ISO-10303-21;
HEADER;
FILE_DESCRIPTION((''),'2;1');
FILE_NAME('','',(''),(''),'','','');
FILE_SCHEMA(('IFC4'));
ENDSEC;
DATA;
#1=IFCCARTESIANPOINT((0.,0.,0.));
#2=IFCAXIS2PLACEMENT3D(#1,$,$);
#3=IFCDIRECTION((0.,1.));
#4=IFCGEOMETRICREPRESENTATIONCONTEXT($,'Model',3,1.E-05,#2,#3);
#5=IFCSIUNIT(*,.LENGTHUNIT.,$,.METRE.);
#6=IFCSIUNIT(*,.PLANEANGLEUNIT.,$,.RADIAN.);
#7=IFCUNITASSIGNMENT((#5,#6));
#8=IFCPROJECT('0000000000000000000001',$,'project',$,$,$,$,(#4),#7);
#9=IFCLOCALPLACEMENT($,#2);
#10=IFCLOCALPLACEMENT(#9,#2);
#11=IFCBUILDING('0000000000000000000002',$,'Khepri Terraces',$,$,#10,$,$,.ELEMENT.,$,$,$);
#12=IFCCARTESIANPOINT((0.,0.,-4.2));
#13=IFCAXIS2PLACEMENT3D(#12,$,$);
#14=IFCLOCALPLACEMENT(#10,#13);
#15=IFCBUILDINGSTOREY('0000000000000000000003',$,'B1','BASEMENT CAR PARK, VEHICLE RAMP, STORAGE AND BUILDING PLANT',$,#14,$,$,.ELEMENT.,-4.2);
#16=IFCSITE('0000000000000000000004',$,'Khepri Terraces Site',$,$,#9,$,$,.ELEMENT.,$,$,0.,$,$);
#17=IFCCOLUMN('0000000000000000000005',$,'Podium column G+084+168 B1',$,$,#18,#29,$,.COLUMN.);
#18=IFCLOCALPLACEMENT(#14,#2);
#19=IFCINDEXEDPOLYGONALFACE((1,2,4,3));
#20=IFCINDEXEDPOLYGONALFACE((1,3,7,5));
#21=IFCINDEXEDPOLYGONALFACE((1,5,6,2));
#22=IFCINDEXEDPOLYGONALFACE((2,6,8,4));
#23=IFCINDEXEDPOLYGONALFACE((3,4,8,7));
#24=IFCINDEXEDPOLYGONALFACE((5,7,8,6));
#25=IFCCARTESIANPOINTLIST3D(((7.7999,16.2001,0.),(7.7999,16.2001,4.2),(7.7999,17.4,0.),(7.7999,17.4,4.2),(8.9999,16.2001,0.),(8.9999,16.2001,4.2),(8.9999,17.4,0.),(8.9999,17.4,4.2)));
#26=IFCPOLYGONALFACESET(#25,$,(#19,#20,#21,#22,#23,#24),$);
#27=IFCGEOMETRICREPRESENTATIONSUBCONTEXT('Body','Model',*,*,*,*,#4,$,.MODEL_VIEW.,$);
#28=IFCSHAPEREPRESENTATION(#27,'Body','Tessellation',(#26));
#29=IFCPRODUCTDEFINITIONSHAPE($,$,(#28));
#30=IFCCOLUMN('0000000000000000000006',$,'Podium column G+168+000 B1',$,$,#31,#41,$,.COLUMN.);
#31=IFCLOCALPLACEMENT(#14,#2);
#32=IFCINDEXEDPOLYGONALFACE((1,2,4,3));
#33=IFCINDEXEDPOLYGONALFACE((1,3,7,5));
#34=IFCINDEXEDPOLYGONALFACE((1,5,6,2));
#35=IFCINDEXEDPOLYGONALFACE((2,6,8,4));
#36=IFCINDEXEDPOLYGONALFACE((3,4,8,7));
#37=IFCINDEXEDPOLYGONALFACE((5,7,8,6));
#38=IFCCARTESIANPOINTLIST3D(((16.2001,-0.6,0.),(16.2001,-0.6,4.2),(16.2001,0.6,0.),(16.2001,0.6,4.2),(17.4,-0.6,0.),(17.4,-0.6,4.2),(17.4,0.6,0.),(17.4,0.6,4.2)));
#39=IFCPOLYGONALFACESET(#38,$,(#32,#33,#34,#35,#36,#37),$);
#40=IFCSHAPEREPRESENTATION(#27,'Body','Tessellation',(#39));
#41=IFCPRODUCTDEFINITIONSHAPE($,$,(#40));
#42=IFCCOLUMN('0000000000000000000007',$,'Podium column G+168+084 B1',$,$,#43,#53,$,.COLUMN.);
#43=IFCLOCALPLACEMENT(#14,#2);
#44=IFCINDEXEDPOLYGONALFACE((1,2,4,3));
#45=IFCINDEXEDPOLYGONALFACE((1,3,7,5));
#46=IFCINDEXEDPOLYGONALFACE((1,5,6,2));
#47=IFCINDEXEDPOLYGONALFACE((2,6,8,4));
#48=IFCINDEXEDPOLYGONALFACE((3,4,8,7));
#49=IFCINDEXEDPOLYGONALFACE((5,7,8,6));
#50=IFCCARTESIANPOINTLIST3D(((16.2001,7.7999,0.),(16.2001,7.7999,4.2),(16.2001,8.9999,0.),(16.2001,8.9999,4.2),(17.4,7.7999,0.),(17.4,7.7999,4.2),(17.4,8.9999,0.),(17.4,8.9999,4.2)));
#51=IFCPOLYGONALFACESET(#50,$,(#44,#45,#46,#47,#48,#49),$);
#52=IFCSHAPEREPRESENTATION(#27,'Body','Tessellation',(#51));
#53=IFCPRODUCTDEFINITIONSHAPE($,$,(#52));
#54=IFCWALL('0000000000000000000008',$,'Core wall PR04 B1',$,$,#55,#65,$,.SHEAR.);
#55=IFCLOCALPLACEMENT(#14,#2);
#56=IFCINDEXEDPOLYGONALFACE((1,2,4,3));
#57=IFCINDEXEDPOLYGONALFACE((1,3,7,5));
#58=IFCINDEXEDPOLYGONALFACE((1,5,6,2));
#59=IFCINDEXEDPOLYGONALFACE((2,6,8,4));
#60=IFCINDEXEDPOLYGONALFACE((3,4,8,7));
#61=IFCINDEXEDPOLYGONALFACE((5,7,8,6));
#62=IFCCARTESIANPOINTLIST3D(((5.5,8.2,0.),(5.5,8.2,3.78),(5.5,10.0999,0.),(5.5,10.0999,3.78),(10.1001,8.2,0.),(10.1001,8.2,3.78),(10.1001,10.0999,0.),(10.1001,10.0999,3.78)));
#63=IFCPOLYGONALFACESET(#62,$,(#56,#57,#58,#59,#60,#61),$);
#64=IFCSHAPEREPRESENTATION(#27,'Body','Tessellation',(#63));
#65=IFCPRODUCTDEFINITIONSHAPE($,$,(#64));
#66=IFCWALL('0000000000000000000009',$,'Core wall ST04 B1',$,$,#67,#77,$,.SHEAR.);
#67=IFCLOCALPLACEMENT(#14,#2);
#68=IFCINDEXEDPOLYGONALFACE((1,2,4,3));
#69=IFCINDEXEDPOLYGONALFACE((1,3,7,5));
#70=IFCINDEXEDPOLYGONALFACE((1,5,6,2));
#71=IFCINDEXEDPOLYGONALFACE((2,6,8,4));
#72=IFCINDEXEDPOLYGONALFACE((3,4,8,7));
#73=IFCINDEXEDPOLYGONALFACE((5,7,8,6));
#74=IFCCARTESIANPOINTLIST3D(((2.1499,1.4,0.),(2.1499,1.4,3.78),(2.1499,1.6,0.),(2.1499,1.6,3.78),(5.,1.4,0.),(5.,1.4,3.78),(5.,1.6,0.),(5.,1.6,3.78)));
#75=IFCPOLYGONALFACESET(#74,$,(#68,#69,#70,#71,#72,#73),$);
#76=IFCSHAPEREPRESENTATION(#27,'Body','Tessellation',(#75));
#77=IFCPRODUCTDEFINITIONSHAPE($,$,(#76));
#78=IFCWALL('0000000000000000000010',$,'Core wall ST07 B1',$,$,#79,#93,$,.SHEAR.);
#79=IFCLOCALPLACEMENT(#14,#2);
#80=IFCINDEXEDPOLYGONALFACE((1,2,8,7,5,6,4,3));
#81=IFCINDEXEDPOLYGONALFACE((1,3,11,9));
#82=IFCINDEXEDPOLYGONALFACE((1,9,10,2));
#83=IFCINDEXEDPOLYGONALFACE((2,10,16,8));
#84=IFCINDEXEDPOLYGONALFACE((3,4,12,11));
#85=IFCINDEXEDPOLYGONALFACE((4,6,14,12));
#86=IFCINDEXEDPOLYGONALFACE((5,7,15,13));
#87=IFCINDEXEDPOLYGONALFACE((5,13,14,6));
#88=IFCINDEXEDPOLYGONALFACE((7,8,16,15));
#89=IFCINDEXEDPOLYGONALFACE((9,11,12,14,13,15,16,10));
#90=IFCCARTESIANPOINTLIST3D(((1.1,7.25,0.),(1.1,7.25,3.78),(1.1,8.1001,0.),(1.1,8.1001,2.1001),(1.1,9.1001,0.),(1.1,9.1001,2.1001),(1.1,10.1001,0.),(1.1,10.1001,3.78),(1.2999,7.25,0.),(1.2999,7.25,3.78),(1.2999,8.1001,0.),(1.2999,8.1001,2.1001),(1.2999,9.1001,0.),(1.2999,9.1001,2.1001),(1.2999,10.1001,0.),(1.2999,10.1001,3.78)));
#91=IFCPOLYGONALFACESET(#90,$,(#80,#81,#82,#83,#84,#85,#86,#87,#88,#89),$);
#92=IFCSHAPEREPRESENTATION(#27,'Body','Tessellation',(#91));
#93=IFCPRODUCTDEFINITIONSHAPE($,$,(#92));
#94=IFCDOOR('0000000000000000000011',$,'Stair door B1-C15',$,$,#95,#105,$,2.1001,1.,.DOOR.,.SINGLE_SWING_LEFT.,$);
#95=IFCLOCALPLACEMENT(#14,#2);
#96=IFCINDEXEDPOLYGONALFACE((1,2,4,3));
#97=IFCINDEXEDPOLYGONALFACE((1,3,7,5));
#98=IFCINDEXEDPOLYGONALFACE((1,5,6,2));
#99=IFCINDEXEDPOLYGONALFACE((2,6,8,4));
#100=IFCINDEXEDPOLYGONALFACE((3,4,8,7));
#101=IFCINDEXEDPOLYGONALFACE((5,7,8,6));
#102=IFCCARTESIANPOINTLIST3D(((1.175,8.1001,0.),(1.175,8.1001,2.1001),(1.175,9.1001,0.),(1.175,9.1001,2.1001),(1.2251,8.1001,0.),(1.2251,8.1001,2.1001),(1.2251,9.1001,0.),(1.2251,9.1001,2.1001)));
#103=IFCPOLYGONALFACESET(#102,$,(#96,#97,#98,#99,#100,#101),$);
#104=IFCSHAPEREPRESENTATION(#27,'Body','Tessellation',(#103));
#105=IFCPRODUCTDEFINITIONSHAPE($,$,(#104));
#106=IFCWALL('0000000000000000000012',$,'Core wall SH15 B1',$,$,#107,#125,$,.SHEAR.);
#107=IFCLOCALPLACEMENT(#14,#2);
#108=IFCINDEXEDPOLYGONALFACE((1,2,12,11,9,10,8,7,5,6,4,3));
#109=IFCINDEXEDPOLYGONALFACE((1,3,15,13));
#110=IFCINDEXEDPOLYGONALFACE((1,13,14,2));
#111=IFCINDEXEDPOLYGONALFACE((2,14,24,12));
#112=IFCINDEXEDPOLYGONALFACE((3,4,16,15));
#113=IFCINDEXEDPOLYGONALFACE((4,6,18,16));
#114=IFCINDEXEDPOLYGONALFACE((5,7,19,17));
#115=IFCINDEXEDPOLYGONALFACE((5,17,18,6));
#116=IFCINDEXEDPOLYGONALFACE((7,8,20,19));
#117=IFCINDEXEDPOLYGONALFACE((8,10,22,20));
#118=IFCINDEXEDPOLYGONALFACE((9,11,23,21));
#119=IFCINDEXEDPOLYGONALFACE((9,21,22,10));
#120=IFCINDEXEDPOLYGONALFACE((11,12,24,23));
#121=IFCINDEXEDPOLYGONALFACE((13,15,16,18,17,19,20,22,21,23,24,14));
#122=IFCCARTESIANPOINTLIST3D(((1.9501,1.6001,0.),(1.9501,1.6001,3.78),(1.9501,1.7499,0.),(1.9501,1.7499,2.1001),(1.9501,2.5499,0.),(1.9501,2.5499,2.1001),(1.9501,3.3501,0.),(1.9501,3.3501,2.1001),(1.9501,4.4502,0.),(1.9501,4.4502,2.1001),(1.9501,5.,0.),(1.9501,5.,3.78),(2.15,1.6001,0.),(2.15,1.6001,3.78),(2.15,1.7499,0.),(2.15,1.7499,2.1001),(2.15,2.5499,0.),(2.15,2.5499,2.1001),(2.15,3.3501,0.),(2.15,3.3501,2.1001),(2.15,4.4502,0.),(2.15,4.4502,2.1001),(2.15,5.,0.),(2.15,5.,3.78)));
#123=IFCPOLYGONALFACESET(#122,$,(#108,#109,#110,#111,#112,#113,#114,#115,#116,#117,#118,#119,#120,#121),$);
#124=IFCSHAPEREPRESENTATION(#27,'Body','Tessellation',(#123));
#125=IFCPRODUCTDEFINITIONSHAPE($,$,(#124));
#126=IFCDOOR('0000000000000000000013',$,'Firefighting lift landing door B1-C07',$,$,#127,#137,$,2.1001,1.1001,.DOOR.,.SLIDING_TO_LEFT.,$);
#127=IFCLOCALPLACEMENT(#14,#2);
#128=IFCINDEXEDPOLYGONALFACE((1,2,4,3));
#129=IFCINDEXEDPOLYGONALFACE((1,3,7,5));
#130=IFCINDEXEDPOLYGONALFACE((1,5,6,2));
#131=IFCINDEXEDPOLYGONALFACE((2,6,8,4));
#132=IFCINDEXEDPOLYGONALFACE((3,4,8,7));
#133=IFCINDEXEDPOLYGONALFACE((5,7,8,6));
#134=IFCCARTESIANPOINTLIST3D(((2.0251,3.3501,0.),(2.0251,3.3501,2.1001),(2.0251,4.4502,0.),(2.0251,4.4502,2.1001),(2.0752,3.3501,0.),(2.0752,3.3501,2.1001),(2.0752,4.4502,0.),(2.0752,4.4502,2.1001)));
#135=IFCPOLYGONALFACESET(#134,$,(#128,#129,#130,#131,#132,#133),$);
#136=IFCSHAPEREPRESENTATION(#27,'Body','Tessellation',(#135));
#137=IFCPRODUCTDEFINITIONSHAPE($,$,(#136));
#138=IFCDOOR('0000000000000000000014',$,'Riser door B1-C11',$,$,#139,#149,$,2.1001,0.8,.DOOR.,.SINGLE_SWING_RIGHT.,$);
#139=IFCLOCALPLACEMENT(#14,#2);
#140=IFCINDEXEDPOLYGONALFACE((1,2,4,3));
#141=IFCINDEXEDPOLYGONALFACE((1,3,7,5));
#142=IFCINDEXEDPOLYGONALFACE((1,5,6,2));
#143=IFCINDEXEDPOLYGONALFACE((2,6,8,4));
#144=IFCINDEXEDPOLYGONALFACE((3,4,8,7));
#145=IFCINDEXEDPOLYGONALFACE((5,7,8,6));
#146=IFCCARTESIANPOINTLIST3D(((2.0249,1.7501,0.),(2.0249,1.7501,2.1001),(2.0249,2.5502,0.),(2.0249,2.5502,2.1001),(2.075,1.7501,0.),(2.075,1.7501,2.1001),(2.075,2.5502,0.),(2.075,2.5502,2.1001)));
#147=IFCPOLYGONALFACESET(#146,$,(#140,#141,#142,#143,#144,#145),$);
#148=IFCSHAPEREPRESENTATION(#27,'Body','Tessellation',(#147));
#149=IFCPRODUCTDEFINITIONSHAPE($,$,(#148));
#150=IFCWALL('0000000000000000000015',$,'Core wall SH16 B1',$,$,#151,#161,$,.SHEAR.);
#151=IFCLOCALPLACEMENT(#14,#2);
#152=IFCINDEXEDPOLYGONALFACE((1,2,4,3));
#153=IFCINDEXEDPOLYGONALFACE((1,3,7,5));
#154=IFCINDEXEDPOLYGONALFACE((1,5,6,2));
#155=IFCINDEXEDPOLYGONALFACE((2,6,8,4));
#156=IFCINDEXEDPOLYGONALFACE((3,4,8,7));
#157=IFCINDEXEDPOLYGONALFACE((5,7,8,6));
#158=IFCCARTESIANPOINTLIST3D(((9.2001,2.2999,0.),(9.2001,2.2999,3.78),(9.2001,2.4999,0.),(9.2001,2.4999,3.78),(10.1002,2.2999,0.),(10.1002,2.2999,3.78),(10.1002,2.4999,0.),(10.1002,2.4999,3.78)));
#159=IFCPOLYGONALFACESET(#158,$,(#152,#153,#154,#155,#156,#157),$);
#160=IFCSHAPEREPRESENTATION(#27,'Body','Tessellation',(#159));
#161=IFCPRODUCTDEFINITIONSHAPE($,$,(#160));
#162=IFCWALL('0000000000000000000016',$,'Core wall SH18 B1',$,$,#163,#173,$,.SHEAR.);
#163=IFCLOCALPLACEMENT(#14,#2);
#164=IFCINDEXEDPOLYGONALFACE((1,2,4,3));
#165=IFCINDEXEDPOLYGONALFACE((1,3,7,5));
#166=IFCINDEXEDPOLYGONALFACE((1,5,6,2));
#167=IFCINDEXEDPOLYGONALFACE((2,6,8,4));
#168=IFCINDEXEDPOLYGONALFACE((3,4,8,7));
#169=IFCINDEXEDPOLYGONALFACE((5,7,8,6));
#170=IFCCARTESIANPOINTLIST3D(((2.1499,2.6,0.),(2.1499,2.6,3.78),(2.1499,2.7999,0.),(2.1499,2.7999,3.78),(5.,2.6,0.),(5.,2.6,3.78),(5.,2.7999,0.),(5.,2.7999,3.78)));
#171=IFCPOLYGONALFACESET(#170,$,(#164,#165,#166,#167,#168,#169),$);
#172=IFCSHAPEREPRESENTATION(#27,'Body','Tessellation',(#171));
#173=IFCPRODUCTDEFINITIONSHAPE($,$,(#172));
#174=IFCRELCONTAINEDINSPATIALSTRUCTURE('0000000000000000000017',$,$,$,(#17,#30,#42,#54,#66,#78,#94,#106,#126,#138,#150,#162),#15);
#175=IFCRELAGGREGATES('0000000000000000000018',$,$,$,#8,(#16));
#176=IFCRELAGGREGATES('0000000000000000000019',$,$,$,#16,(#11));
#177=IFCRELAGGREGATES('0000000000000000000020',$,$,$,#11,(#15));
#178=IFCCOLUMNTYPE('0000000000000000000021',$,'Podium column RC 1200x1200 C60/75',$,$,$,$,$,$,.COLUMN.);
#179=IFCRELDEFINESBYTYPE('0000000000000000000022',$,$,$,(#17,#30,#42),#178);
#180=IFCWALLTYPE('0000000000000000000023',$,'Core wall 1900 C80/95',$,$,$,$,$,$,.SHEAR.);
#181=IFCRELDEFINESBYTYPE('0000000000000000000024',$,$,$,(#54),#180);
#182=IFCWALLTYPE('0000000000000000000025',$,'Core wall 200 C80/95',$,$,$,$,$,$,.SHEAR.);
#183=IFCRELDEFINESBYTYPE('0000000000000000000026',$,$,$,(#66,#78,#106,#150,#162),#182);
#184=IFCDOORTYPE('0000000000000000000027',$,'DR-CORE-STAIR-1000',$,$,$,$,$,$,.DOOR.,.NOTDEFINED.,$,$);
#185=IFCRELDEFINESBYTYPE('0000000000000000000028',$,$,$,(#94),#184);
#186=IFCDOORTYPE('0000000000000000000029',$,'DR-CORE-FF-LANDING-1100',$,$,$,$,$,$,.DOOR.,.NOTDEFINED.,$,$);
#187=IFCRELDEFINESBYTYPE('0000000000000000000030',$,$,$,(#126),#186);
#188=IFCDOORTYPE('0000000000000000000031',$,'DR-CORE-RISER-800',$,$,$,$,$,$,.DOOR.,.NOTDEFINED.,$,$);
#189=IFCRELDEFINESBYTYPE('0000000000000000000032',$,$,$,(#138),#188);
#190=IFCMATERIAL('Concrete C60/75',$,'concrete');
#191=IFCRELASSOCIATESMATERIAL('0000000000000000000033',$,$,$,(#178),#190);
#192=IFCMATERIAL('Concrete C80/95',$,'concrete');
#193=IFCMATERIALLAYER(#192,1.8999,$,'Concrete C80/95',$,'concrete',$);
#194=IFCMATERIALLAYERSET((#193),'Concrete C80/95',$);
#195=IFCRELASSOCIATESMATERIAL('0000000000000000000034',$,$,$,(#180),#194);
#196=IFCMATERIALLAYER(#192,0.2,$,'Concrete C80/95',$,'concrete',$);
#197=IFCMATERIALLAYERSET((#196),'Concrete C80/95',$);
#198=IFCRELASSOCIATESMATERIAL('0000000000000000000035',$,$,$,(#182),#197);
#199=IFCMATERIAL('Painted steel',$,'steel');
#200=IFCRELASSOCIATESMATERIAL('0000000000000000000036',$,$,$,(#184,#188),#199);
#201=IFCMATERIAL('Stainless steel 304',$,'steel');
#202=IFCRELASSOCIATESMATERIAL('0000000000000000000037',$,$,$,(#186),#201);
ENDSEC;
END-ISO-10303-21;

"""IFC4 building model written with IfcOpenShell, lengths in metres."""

from ifc_helpers import new_model, si_unit, direction, frame, frame_2d, origin, origin_2d, place, context, subcontext, project, spatial, rectangle, extrude, material, layer, layer_set, material_profile, profile_set, type_object, element, fill, save


model = new_model("IFC4")

# Units and contexts
model_context = context("Model", 3, precision=1e-05, world=origin(), true_north=direction((0.0, 1.0)))
body_context = subcontext(model_context, "Body", "Model", "MODEL_VIEW")
ifc_project = project(units=[si_unit("LENGTHUNIT", "METRE"), si_unit("PLANEANGLEUNIT", "RADIAN")], contexts=[model_context])

# Site, building, storey
site_placement = place(None, origin())
site = spatial("IfcSite", under=ifc_project, at=site_placement, Name="Khepri Terraces Site", CompositionType="ELEMENT", RefElevation=0.0)
building_placement = place(site_placement, origin())
building = spatial("IfcBuilding", under=site, at=building_placement, Name="Khepri Terraces", CompositionType="ELEMENT")
storey_placement = place(building_placement, frame((0.0, 0.0, -4.2)))
storey = spatial("IfcBuildingStorey", under=building, at=storey_placement, Name="B1", Description="BASEMENT CAR PARK, VEHICLE RAMP, STORAGE AND BUILDING PLANT", CompositionType="ELEMENT", Elevation=-4.2)

# Columns
ifc_material_1 = material(Name="Concrete C60/75", Category="concrete")
ifc_material_profile = material_profile(ifc_material_1, rectangle(XDim=1.2, YDim=1.2, at=origin_2d()), Name="Concrete C60/75", Category="concrete")
ifc_profile_set = profile_set([ifc_material_profile], Name="Concrete C60/75")
column_type = type_object("IfcColumnType", Name="Podium column RC 1200x1200 C60/75", PredefinedType="COLUMN", material=ifc_profile_set)
for number, where, z_axis, x_axis, name in (
    (1, (8.3999, 16.8, 0.0), (0.0, 0.0, 1.0), (1.0, 0.0, 0.0), "Podium column G+084+168 B1"),
    (2, (16.8, 0.0, 0.0), (0.0, 0.0, 1.0), (1.0, 0.0, 0.0), "Podium column G+168+000 B1"),
    (3, (16.8, 8.3999, 0.0), (0.0, 0.0, 1.0), (1.0, 0.0, 0.0), "Podium column G+168+084 B1"),
):
    element("IfcColumn", number, at=place(storey_placement, frame(where, z_axis=z_axis, x_axis=x_axis)), inside=storey, type_object=column_type, Name=name, PredefinedType="COLUMN", context=body_context, shape_type="SweptSolid", body=[
        extrude(rectangle(XDim=1.2, YDim=1.2, at=origin_2d()), origin(), (0.0, 0.0, 1.0), 4.2),
    ])

# Walls
ifc_material_2 = material(Name="Concrete C80/95", Category="concrete")
ifc_layer_1 = layer(ifc_material_2, 1.8999, Name="Concrete C80/95", Category="concrete")
ifc_layer_set_1 = layer_set([ifc_layer_1], Name="Concrete C80/95")
wall_type_1 = type_object("IfcWallType", Name="Core wall 1900 C80/95", PredefinedType="SHEAR", material=ifc_layer_set_1)
wall_1_placement = place(storey_placement, frame((5.5, 9.1499, 0.0), z_axis=(0.0, 0.0, 1.0), x_axis=(1.0, 0.0, 0.0)))
element("IfcWall", 4, at=wall_1_placement, inside=storey, type_object=wall_type_1, Name="Core wall PR04 B1", PredefinedType="SHEAR", context=body_context, shape_type="SweptSolid", body=[
    extrude(rectangle(XDim=4.6001, YDim=1.8999, at=frame_2d((2.3, 0.0))), origin(), (0.0, 0.0, 1.0), 3.78),
])
ifc_layer_2 = layer(ifc_material_2, 0.2, Name="Concrete C80/95", Category="concrete")
ifc_layer_set_2 = layer_set([ifc_layer_2], Name="Concrete C80/95")
wall_type_2 = type_object("IfcWallType", Name="Core wall 200 C80/95", PredefinedType="SHEAR", material=ifc_layer_set_2)
wall_2_placement = place(storey_placement, frame((2.1499, 1.5, 0.0), z_axis=(0.0, 0.0, 1.0), x_axis=(1.0, 0.0, 0.0)))
element("IfcWall", 5, at=wall_2_placement, inside=storey, type_object=wall_type_2, Name="Core wall ST04 B1", PredefinedType="SHEAR", context=body_context, shape_type="SweptSolid", body=[
    extrude(rectangle(XDim=2.8501, YDim=0.2, at=frame_2d((1.425, 0.0))), origin(), (0.0, 0.0, 1.0), 3.78),
])

# Wall, opening, door
wall_3_placement = place(storey_placement, frame((1.2, 7.25, 0.0), z_axis=(0.0, 0.0, 1.0), x_axis=(0.0, 1.0, 0.0)))
wall_3 = element("IfcWall", 6, at=wall_3_placement, inside=storey, type_object=wall_type_2, Name="Core wall ST07 B1", PredefinedType="SHEAR", context=body_context, shape_type="SweptSolid", body=[
    extrude(rectangle(XDim=2.8501, YDim=0.2, at=frame_2d((1.425, 0.0))), origin(), (0.0, 0.0, 1.0), 3.78),
])
opening_1_placement = place(wall_3_placement, frame((0.8501, 0.0, 0.0)))
opening_1 = element("IfcOpeningElement", 7, at=opening_1_placement, cuts=wall_3, PredefinedType="OPENING", context=body_context, shape_type="SweptSolid", body=[
    extrude(rectangle(XDim=1.0, YDim=2.1001, at=frame_2d((0.5, 1.05))), frame((0.0, 0.1099, 0.0), z_axis=(0.0, -1.0, 0.0), x_axis=(1.0, 0.0, 0.0)), (0.0, 0.0, 1.0), 0.22),
])
ifc_material_3 = material(Name="Painted steel", Category="steel")
door_type_1 = type_object("IfcDoorType", Name="DR-CORE-STAIR-1000", OperationType="NOTDEFINED", PredefinedType="DOOR", material=ifc_material_3)
door_1_placement = place(opening_1_placement, origin())
door_1 = element("IfcDoor", 8, at=door_1_placement, inside=storey, type_object=door_type_1, Name="Stair door B1-C15", OperationType="SINGLE_SWING_LEFT", OverallHeight=2.1001, OverallWidth=1.0, PredefinedType="DOOR", context=body_context, shape_type="SweptSolid", body=[
    extrude(rectangle(XDim=1.0, YDim=2.1001, at=frame_2d((0.5, 1.05))), frame((0.0, 0.0249, 0.0), z_axis=(0.0, -1.0, 0.0), x_axis=(1.0, 0.0, 0.0)), (0.0, 0.0, 1.0), 0.05),
])
fill(opening_1, door_1)

# Wall, openings, doors
wall_4_placement = place(storey_placement, frame((2.05, 1.6001, 0.0), z_axis=(0.0, 0.0, 1.0), x_axis=(0.0, 1.0, 0.0)))
wall_4 = element("IfcWall", 9, at=wall_4_placement, inside=storey, type_object=wall_type_2, Name="Core wall SH15 B1", PredefinedType="SHEAR", context=body_context, shape_type="SweptSolid", body=[
    extrude(rectangle(XDim=3.3999, YDim=0.2, at=frame_2d((1.7, 0.0))), origin(), (0.0, 0.0, 1.0), 3.78),
])
opening_2_placement = place(wall_4_placement, frame((1.75, 0.0, 0.0)))
opening_2 = element("IfcOpeningElement", 10, at=opening_2_placement, cuts=wall_4, PredefinedType="OPENING", context=body_context, shape_type="SweptSolid", body=[
    extrude(rectangle(XDim=1.1001, YDim=2.1001, at=frame_2d((0.55, 1.05))), frame((0.0, 0.1099, 0.0), z_axis=(0.0, -1.0, 0.0), x_axis=(1.0, 0.0, 0.0)), (0.0, 0.0, 1.0), 0.22),
])
opening_3_placement = place(wall_4_placement, frame((0.1499, 0.0, 0.0)))
opening_3 = element("IfcOpeningElement", 11, at=opening_3_placement, cuts=wall_4, PredefinedType="OPENING", context=body_context, shape_type="SweptSolid", body=[
    extrude(rectangle(XDim=0.8, YDim=2.1001, at=frame_2d((0.3999, 1.05))), frame((0.0, 0.1099, 0.0), z_axis=(0.0, -1.0, 0.0), x_axis=(1.0, 0.0, 0.0)), (0.0, 0.0, 1.0), 0.22),
])
ifc_material_4 = material(Name="Stainless steel 304", Category="steel")
door_type_2 = type_object("IfcDoorType", Name="DR-CORE-FF-LANDING-1100", OperationType="NOTDEFINED", PredefinedType="DOOR", material=ifc_material_4)
door_2_placement = place(opening_2_placement, origin())
door_2 = element("IfcDoor", 12, at=door_2_placement, inside=storey, type_object=door_type_2, Name="Firefighting lift landing door B1-C07", OperationType="SLIDING_TO_LEFT", OverallHeight=2.1001, OverallWidth=1.1001, PredefinedType="DOOR", context=body_context, shape_type="SweptSolid", body=[
    extrude(rectangle(XDim=1.1001, YDim=2.1001, at=frame_2d((0.55, 1.05))), frame((0.0, 0.0249, 0.0), z_axis=(0.0, -1.0, 0.0), x_axis=(1.0, 0.0, 0.0)), (0.0, 0.0, 1.0), 0.05),
])
fill(opening_2, door_2)
door_type_3 = type_object("IfcDoorType", Name="DR-CORE-RISER-800", OperationType="NOTDEFINED", PredefinedType="DOOR", material=ifc_material_3)
door_3_placement = place(opening_3_placement, frame((0.8, 0.0, 0.0), z_axis=(0.0, 0.0, 1.0), x_axis=(-1.0, 0.0, 0.0)))
door_3 = element("IfcDoor", 13, at=door_3_placement, inside=storey, type_object=door_type_3, Name="Riser door B1-C11", OperationType="SINGLE_SWING_RIGHT", OverallHeight=2.1001, OverallWidth=0.8, PredefinedType="DOOR", context=body_context, shape_type="SweptSolid", body=[
    extrude(rectangle(XDim=0.8, YDim=2.1001, at=frame_2d((0.3999, 1.05))), frame((0.0, 0.0249, 0.0), z_axis=(0.0, -1.0, 0.0), x_axis=(1.0, 0.0, 0.0)), (0.0, 0.0, 1.0), 0.05),
])
fill(opening_3, door_3)

# Walls
wall_5_placement = place(storey_placement, frame((9.2, 2.3999, 0.0), z_axis=(0.0, 0.0, 1.0), x_axis=(1.0, 0.0, 0.0)))
element("IfcWall", 14, at=wall_5_placement, inside=storey, type_object=wall_type_2, Name="Core wall SH16 B1", PredefinedType="SHEAR", context=body_context, shape_type="SweptSolid", body=[
    extrude(rectangle(XDim=0.9001, YDim=0.2, at=frame_2d((0.4502, 0.0))), origin(), (0.0, 0.0, 1.0), 3.78),
])
wall_6_placement = place(storey_placement, frame((2.1499, 2.7, 0.0), z_axis=(0.0, 0.0, 1.0), x_axis=(1.0, 0.0, 0.0)))
element("IfcWall", 15, at=wall_6_placement, inside=storey, type_object=wall_type_2, Name="Core wall SH18 B1", PredefinedType="SHEAR", context=body_context, shape_type="SweptSolid", body=[
    extrude(rectangle(XDim=2.8501, YDim=0.2, at=frame_2d((1.425, 0.0))), origin(), (0.0, 0.0, 1.0), 3.78),
])

save(model, "model.ifc")
